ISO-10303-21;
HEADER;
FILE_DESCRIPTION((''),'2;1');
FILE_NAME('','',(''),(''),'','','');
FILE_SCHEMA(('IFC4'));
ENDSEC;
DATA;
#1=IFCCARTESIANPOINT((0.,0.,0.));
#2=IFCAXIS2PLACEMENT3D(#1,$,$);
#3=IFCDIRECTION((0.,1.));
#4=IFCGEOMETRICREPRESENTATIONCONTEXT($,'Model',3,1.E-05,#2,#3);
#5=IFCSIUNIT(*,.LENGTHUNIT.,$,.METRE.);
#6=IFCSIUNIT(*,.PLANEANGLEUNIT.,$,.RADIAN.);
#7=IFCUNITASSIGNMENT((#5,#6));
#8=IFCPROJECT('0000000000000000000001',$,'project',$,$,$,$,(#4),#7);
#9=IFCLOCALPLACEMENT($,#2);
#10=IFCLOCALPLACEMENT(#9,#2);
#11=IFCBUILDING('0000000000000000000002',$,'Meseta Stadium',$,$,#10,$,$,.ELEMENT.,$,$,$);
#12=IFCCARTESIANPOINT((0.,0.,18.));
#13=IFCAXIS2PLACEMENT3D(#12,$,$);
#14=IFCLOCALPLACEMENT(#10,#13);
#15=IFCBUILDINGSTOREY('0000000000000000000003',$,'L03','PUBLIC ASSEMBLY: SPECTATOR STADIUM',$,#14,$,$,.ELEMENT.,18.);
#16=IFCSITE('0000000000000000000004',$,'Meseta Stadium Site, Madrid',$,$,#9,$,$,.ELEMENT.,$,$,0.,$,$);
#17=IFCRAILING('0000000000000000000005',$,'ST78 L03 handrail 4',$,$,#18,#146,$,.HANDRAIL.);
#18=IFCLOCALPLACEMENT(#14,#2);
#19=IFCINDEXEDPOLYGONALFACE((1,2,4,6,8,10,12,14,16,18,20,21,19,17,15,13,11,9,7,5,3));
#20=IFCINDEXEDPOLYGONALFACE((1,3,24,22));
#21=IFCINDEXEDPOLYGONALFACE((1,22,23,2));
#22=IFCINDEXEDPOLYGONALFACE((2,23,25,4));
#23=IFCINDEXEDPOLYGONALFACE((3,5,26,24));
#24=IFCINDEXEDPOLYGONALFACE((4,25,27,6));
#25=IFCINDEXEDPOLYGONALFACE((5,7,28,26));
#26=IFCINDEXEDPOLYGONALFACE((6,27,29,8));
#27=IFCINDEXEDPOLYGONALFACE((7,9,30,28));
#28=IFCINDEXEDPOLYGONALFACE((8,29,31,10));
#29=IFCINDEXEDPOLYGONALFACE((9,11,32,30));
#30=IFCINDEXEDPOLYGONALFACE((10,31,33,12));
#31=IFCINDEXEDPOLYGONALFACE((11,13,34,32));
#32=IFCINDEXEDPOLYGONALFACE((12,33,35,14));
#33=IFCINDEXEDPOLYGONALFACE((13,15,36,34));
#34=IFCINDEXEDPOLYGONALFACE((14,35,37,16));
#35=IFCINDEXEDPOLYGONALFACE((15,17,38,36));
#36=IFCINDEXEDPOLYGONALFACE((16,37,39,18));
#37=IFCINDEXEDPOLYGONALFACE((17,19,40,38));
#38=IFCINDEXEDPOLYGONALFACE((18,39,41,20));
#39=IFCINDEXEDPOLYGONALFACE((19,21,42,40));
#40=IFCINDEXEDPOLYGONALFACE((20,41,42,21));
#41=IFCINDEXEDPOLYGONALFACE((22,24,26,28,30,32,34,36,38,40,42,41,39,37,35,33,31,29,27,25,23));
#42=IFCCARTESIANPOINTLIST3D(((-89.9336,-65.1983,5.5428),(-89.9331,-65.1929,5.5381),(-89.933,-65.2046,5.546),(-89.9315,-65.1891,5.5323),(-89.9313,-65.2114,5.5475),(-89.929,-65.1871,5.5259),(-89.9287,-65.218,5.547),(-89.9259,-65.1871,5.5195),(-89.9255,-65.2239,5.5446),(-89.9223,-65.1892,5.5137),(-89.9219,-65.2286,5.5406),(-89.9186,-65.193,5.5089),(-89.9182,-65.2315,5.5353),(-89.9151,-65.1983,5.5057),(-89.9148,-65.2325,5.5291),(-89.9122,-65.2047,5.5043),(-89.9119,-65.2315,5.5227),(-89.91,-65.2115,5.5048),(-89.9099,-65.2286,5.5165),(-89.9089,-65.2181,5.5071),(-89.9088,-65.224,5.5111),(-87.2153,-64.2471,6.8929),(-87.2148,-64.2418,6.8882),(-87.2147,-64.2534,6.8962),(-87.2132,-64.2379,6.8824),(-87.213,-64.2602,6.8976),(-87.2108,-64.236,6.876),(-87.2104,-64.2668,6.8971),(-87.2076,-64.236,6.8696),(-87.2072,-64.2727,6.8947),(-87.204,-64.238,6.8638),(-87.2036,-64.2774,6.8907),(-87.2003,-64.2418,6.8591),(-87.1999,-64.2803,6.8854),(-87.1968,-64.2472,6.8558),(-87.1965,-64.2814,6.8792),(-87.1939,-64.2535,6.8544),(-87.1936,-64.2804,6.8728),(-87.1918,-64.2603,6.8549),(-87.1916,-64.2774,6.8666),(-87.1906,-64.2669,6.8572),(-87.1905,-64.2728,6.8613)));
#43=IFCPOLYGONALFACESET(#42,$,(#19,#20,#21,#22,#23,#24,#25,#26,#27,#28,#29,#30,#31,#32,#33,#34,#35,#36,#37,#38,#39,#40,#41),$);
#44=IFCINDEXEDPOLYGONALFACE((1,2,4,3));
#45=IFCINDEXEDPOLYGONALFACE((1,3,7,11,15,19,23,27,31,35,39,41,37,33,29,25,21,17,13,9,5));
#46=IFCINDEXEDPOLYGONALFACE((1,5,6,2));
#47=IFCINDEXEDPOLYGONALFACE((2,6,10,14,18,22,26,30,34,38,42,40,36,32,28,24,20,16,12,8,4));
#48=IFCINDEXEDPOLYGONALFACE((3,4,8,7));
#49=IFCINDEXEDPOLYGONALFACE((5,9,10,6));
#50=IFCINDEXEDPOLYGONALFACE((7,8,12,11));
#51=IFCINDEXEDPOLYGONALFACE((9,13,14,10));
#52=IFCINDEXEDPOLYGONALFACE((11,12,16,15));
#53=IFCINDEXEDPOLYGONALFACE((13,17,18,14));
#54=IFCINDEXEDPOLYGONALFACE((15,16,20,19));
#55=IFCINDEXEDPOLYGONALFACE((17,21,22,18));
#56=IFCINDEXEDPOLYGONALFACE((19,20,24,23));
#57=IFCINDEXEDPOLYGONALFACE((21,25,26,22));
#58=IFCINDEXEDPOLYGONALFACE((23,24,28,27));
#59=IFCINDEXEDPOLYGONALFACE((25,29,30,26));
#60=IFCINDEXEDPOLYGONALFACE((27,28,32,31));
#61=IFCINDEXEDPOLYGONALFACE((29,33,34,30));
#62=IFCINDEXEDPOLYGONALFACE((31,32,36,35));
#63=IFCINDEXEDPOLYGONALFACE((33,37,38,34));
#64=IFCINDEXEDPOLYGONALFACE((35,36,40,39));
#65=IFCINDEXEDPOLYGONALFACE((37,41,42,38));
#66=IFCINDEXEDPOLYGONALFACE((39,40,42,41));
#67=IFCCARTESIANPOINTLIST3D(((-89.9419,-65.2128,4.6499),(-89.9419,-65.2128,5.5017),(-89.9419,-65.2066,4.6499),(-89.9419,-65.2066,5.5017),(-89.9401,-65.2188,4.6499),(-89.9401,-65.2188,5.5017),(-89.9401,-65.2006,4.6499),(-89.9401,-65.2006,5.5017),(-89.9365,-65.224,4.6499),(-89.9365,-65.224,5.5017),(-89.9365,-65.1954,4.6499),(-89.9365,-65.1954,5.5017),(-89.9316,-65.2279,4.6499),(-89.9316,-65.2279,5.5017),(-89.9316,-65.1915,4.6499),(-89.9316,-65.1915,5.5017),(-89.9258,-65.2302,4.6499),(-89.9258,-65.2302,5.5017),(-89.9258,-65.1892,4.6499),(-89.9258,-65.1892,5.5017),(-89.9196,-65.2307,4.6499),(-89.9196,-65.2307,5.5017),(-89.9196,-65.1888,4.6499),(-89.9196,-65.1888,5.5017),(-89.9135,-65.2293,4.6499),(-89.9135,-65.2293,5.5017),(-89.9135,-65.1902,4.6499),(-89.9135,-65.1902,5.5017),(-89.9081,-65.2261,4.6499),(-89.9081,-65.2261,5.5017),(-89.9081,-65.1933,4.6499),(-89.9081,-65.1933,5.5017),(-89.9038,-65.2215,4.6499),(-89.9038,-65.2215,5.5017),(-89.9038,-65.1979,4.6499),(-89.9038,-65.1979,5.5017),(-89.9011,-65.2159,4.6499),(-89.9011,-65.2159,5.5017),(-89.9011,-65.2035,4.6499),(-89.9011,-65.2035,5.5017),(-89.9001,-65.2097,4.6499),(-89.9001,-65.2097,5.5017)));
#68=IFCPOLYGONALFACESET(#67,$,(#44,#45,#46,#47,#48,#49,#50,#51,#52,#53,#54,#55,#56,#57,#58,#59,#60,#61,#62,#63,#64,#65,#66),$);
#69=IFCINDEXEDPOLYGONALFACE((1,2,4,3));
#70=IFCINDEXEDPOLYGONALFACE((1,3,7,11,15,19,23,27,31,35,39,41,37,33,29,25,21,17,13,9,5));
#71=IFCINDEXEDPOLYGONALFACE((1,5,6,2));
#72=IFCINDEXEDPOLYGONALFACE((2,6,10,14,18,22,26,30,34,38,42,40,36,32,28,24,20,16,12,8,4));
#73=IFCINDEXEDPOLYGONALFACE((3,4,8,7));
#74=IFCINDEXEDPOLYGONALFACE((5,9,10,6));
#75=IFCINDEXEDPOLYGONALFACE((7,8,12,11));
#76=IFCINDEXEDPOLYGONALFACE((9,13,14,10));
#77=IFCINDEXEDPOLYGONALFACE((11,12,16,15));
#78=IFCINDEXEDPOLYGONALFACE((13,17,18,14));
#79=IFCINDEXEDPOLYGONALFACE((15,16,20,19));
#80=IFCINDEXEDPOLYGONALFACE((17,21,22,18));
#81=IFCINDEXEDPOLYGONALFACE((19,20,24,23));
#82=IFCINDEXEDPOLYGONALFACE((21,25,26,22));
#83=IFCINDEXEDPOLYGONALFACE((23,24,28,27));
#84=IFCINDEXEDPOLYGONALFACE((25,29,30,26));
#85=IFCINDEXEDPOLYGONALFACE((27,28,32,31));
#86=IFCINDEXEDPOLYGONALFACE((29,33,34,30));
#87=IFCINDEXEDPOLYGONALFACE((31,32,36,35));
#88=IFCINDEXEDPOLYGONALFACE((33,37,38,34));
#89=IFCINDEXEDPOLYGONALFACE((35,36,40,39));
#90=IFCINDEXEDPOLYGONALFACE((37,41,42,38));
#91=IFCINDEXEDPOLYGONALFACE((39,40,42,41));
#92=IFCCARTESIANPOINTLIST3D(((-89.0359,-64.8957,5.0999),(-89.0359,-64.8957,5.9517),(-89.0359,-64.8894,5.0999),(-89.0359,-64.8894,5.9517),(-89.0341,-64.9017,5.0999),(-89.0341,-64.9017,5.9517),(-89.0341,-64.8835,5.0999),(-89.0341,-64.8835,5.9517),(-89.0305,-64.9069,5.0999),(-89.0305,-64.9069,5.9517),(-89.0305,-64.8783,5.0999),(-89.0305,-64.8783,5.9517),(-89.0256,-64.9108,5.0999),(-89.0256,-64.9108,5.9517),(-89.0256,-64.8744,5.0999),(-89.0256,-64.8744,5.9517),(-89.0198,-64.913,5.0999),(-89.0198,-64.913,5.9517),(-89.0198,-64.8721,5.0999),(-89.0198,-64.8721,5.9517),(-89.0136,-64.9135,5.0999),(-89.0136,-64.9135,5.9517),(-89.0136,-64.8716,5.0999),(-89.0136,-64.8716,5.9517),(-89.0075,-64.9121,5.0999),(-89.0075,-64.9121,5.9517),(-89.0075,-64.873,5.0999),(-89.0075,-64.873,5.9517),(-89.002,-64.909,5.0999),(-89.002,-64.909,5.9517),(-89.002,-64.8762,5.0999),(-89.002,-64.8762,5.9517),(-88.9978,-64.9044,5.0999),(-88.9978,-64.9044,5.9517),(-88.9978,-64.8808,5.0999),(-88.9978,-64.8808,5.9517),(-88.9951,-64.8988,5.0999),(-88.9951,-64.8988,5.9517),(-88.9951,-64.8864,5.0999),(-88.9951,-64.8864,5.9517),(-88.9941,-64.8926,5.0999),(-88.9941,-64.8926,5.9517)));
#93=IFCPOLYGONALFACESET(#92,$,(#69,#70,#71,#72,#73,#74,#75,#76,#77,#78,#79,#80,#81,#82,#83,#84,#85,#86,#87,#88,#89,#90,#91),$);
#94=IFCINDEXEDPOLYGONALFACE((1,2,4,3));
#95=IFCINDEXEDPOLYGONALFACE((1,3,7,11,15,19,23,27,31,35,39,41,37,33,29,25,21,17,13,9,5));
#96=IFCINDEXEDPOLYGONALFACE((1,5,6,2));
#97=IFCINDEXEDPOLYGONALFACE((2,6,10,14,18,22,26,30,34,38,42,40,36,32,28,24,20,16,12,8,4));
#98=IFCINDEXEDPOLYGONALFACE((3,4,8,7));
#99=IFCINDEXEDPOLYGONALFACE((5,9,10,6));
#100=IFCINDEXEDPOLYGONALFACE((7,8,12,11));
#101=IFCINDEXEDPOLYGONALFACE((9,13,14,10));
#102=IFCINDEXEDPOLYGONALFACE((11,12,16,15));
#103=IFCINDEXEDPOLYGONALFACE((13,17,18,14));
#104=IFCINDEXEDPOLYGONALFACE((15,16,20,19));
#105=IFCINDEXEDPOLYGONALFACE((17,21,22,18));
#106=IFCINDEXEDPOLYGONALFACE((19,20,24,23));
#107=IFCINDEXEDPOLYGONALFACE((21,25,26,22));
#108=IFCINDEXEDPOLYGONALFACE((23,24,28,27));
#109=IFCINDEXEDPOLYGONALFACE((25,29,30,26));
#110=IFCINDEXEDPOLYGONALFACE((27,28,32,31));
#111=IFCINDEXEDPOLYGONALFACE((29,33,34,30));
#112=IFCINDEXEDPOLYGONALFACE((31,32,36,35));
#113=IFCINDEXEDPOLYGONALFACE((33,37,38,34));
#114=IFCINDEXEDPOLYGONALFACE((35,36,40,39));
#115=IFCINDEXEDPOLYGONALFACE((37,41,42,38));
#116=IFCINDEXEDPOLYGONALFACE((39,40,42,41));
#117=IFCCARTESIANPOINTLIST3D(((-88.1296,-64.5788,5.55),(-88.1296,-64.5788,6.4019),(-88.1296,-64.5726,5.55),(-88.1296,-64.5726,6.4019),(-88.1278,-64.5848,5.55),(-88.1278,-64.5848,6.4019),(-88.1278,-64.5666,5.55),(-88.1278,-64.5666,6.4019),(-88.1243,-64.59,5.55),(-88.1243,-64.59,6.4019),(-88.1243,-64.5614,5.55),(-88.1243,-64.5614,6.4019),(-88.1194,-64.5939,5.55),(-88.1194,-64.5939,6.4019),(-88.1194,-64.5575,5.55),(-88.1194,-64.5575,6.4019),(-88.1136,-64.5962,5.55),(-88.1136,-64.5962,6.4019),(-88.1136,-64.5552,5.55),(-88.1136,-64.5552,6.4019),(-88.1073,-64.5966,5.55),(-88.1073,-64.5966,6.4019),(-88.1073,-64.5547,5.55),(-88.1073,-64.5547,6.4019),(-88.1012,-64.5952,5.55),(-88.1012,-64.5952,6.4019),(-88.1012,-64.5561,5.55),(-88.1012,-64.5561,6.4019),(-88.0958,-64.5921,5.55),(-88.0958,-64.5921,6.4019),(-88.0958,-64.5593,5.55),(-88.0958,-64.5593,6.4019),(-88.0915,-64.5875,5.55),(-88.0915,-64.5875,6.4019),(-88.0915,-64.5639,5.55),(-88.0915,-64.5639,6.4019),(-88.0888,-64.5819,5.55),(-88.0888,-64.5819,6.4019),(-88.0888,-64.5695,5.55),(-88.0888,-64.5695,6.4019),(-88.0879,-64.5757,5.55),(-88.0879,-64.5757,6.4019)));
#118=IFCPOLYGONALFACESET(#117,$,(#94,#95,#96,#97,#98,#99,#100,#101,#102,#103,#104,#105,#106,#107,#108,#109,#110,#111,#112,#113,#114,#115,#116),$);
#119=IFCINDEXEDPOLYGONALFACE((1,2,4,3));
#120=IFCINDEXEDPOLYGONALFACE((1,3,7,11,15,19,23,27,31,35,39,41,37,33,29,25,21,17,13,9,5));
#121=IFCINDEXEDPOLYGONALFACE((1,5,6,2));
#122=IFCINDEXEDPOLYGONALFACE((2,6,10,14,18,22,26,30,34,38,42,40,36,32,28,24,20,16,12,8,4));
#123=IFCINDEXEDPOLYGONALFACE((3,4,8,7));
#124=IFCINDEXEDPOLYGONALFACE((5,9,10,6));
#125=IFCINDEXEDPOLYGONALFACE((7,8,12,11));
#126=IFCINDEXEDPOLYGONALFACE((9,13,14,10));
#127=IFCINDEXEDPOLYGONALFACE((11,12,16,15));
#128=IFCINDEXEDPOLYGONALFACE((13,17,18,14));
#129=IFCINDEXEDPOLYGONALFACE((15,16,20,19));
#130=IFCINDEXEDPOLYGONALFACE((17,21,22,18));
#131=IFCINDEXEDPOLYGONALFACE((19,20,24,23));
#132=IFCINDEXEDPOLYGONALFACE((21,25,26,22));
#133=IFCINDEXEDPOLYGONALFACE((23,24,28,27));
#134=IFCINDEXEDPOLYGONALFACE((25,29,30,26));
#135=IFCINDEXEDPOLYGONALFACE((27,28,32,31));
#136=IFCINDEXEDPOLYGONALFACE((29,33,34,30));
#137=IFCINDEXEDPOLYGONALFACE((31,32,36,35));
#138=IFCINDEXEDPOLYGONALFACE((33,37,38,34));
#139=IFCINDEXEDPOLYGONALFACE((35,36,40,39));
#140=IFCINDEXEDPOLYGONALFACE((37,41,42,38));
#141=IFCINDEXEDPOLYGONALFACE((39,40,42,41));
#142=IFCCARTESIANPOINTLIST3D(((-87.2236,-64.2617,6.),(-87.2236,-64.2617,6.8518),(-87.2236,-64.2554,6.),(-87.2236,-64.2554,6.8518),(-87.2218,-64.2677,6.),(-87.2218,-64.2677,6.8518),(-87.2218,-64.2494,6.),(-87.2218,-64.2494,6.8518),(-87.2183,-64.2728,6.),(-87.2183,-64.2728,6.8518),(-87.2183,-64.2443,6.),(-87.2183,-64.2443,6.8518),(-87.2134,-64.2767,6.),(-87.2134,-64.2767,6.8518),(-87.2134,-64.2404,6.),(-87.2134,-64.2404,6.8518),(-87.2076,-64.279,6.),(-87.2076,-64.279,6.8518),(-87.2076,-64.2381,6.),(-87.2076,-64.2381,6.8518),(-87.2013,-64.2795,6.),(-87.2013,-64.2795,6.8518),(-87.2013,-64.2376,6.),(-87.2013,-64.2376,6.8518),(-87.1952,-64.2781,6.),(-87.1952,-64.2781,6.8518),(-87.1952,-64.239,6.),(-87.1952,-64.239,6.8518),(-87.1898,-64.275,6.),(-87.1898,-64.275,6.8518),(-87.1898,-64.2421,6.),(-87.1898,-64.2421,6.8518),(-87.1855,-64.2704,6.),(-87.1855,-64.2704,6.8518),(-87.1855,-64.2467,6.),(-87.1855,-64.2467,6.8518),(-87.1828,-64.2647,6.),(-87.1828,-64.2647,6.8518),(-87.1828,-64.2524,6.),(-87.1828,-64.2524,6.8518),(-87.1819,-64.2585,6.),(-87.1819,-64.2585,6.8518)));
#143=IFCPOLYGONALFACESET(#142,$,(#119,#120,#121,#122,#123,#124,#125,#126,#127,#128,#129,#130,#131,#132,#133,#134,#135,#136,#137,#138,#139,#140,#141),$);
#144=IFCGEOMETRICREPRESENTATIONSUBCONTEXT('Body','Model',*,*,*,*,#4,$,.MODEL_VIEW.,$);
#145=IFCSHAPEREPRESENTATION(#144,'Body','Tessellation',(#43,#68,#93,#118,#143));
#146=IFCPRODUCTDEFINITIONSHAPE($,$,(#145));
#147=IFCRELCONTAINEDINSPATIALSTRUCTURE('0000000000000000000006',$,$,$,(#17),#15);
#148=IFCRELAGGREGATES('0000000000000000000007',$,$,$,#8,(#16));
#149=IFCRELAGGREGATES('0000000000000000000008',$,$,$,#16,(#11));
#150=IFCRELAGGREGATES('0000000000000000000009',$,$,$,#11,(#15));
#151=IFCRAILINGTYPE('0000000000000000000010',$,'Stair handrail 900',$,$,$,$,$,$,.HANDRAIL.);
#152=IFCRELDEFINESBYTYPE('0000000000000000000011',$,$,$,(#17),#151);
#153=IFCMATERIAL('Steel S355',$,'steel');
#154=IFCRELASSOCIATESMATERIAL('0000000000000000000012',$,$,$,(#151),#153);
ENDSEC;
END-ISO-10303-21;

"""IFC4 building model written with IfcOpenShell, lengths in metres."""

from ifc_helpers import new_model, si_unit, direction, frame, origin, origin_2d, place, context, subcontext, project, spatial, circle, extrude, material, type_object, element, save


model = new_model("IFC4")

# Units and contexts
model_context = context("Model", 3, precision=1e-05, world=origin(), true_north=direction((0.0, 1.0)))
body_context = subcontext(model_context, "Body", "Model", "MODEL_VIEW")
ifc_project = project(units=[si_unit("LENGTHUNIT", "METRE"), si_unit("PLANEANGLEUNIT", "RADIAN")], contexts=[model_context])

# Site, building, storey
site_placement = place(None, origin())
site = spatial("IfcSite", under=ifc_project, at=site_placement, Name="Meseta Stadium Site, Madrid", CompositionType="ELEMENT", RefElevation=0.0)
building_placement = place(site_placement, origin())
building = spatial("IfcBuilding", under=site, at=building_placement, Name="Meseta Stadium", CompositionType="ELEMENT")
storey_placement = place(building_placement, frame((0.0, 0.0, 18.0)))
storey = spatial("IfcBuildingStorey", under=building, at=storey_placement, Name="L03", Description="PUBLIC ASSEMBLY: SPECTATOR STADIUM", CompositionType="ELEMENT", Elevation=18.0)

# Railing
ifc_material_1 = material(Name="Steel S355", Category="steel")
railing_type_1 = type_object("IfcRailingType", Name="Stair handrail 900", PredefinedType="HANDRAIL", material=ifc_material_1)
for number, where, name in (
    (1, (-89.9211, -65.2097, 4.6499), "ST78 L03 handrail 4"),
):
    element("IfcRailing", number, at=place(storey_placement, frame(where)), inside=storey, type_object=railing_type_1, Name=name, PredefinedType="HANDRAIL", context=body_context, shape_type="SweptSolid", body=[
        extrude(circle(Radius=0.0239, at=origin_2d()), frame((0.0, 0.0, 0.876), z_axis=(0.854629, 0.299051, 0.424474), x_axis=(-0.330282, 0.943882, 0.0)), (0.0, 0.0, 1.0), 3.1807),
        extrude(circle(Radius=0.021, at=origin_2d()), origin(), (0.0, 0.0, 1.0), 0.8518),
        extrude(circle(Radius=0.021, at=origin_2d()), frame((0.906, 0.3171, 0.45)), (0.0, 0.0, 1.0), 0.8518),
        extrude(circle(Radius=0.021, at=origin_2d()), frame((1.8123, 0.634, 0.9001)), (0.0, 0.0, 1.0), 0.8518),
        extrude(circle(Radius=0.021, at=origin_2d()), frame((2.7183, 0.9512, 1.3501)), (0.0, 0.0, 1.0), 0.8518),
    ])

save(model, "model.ifc")
